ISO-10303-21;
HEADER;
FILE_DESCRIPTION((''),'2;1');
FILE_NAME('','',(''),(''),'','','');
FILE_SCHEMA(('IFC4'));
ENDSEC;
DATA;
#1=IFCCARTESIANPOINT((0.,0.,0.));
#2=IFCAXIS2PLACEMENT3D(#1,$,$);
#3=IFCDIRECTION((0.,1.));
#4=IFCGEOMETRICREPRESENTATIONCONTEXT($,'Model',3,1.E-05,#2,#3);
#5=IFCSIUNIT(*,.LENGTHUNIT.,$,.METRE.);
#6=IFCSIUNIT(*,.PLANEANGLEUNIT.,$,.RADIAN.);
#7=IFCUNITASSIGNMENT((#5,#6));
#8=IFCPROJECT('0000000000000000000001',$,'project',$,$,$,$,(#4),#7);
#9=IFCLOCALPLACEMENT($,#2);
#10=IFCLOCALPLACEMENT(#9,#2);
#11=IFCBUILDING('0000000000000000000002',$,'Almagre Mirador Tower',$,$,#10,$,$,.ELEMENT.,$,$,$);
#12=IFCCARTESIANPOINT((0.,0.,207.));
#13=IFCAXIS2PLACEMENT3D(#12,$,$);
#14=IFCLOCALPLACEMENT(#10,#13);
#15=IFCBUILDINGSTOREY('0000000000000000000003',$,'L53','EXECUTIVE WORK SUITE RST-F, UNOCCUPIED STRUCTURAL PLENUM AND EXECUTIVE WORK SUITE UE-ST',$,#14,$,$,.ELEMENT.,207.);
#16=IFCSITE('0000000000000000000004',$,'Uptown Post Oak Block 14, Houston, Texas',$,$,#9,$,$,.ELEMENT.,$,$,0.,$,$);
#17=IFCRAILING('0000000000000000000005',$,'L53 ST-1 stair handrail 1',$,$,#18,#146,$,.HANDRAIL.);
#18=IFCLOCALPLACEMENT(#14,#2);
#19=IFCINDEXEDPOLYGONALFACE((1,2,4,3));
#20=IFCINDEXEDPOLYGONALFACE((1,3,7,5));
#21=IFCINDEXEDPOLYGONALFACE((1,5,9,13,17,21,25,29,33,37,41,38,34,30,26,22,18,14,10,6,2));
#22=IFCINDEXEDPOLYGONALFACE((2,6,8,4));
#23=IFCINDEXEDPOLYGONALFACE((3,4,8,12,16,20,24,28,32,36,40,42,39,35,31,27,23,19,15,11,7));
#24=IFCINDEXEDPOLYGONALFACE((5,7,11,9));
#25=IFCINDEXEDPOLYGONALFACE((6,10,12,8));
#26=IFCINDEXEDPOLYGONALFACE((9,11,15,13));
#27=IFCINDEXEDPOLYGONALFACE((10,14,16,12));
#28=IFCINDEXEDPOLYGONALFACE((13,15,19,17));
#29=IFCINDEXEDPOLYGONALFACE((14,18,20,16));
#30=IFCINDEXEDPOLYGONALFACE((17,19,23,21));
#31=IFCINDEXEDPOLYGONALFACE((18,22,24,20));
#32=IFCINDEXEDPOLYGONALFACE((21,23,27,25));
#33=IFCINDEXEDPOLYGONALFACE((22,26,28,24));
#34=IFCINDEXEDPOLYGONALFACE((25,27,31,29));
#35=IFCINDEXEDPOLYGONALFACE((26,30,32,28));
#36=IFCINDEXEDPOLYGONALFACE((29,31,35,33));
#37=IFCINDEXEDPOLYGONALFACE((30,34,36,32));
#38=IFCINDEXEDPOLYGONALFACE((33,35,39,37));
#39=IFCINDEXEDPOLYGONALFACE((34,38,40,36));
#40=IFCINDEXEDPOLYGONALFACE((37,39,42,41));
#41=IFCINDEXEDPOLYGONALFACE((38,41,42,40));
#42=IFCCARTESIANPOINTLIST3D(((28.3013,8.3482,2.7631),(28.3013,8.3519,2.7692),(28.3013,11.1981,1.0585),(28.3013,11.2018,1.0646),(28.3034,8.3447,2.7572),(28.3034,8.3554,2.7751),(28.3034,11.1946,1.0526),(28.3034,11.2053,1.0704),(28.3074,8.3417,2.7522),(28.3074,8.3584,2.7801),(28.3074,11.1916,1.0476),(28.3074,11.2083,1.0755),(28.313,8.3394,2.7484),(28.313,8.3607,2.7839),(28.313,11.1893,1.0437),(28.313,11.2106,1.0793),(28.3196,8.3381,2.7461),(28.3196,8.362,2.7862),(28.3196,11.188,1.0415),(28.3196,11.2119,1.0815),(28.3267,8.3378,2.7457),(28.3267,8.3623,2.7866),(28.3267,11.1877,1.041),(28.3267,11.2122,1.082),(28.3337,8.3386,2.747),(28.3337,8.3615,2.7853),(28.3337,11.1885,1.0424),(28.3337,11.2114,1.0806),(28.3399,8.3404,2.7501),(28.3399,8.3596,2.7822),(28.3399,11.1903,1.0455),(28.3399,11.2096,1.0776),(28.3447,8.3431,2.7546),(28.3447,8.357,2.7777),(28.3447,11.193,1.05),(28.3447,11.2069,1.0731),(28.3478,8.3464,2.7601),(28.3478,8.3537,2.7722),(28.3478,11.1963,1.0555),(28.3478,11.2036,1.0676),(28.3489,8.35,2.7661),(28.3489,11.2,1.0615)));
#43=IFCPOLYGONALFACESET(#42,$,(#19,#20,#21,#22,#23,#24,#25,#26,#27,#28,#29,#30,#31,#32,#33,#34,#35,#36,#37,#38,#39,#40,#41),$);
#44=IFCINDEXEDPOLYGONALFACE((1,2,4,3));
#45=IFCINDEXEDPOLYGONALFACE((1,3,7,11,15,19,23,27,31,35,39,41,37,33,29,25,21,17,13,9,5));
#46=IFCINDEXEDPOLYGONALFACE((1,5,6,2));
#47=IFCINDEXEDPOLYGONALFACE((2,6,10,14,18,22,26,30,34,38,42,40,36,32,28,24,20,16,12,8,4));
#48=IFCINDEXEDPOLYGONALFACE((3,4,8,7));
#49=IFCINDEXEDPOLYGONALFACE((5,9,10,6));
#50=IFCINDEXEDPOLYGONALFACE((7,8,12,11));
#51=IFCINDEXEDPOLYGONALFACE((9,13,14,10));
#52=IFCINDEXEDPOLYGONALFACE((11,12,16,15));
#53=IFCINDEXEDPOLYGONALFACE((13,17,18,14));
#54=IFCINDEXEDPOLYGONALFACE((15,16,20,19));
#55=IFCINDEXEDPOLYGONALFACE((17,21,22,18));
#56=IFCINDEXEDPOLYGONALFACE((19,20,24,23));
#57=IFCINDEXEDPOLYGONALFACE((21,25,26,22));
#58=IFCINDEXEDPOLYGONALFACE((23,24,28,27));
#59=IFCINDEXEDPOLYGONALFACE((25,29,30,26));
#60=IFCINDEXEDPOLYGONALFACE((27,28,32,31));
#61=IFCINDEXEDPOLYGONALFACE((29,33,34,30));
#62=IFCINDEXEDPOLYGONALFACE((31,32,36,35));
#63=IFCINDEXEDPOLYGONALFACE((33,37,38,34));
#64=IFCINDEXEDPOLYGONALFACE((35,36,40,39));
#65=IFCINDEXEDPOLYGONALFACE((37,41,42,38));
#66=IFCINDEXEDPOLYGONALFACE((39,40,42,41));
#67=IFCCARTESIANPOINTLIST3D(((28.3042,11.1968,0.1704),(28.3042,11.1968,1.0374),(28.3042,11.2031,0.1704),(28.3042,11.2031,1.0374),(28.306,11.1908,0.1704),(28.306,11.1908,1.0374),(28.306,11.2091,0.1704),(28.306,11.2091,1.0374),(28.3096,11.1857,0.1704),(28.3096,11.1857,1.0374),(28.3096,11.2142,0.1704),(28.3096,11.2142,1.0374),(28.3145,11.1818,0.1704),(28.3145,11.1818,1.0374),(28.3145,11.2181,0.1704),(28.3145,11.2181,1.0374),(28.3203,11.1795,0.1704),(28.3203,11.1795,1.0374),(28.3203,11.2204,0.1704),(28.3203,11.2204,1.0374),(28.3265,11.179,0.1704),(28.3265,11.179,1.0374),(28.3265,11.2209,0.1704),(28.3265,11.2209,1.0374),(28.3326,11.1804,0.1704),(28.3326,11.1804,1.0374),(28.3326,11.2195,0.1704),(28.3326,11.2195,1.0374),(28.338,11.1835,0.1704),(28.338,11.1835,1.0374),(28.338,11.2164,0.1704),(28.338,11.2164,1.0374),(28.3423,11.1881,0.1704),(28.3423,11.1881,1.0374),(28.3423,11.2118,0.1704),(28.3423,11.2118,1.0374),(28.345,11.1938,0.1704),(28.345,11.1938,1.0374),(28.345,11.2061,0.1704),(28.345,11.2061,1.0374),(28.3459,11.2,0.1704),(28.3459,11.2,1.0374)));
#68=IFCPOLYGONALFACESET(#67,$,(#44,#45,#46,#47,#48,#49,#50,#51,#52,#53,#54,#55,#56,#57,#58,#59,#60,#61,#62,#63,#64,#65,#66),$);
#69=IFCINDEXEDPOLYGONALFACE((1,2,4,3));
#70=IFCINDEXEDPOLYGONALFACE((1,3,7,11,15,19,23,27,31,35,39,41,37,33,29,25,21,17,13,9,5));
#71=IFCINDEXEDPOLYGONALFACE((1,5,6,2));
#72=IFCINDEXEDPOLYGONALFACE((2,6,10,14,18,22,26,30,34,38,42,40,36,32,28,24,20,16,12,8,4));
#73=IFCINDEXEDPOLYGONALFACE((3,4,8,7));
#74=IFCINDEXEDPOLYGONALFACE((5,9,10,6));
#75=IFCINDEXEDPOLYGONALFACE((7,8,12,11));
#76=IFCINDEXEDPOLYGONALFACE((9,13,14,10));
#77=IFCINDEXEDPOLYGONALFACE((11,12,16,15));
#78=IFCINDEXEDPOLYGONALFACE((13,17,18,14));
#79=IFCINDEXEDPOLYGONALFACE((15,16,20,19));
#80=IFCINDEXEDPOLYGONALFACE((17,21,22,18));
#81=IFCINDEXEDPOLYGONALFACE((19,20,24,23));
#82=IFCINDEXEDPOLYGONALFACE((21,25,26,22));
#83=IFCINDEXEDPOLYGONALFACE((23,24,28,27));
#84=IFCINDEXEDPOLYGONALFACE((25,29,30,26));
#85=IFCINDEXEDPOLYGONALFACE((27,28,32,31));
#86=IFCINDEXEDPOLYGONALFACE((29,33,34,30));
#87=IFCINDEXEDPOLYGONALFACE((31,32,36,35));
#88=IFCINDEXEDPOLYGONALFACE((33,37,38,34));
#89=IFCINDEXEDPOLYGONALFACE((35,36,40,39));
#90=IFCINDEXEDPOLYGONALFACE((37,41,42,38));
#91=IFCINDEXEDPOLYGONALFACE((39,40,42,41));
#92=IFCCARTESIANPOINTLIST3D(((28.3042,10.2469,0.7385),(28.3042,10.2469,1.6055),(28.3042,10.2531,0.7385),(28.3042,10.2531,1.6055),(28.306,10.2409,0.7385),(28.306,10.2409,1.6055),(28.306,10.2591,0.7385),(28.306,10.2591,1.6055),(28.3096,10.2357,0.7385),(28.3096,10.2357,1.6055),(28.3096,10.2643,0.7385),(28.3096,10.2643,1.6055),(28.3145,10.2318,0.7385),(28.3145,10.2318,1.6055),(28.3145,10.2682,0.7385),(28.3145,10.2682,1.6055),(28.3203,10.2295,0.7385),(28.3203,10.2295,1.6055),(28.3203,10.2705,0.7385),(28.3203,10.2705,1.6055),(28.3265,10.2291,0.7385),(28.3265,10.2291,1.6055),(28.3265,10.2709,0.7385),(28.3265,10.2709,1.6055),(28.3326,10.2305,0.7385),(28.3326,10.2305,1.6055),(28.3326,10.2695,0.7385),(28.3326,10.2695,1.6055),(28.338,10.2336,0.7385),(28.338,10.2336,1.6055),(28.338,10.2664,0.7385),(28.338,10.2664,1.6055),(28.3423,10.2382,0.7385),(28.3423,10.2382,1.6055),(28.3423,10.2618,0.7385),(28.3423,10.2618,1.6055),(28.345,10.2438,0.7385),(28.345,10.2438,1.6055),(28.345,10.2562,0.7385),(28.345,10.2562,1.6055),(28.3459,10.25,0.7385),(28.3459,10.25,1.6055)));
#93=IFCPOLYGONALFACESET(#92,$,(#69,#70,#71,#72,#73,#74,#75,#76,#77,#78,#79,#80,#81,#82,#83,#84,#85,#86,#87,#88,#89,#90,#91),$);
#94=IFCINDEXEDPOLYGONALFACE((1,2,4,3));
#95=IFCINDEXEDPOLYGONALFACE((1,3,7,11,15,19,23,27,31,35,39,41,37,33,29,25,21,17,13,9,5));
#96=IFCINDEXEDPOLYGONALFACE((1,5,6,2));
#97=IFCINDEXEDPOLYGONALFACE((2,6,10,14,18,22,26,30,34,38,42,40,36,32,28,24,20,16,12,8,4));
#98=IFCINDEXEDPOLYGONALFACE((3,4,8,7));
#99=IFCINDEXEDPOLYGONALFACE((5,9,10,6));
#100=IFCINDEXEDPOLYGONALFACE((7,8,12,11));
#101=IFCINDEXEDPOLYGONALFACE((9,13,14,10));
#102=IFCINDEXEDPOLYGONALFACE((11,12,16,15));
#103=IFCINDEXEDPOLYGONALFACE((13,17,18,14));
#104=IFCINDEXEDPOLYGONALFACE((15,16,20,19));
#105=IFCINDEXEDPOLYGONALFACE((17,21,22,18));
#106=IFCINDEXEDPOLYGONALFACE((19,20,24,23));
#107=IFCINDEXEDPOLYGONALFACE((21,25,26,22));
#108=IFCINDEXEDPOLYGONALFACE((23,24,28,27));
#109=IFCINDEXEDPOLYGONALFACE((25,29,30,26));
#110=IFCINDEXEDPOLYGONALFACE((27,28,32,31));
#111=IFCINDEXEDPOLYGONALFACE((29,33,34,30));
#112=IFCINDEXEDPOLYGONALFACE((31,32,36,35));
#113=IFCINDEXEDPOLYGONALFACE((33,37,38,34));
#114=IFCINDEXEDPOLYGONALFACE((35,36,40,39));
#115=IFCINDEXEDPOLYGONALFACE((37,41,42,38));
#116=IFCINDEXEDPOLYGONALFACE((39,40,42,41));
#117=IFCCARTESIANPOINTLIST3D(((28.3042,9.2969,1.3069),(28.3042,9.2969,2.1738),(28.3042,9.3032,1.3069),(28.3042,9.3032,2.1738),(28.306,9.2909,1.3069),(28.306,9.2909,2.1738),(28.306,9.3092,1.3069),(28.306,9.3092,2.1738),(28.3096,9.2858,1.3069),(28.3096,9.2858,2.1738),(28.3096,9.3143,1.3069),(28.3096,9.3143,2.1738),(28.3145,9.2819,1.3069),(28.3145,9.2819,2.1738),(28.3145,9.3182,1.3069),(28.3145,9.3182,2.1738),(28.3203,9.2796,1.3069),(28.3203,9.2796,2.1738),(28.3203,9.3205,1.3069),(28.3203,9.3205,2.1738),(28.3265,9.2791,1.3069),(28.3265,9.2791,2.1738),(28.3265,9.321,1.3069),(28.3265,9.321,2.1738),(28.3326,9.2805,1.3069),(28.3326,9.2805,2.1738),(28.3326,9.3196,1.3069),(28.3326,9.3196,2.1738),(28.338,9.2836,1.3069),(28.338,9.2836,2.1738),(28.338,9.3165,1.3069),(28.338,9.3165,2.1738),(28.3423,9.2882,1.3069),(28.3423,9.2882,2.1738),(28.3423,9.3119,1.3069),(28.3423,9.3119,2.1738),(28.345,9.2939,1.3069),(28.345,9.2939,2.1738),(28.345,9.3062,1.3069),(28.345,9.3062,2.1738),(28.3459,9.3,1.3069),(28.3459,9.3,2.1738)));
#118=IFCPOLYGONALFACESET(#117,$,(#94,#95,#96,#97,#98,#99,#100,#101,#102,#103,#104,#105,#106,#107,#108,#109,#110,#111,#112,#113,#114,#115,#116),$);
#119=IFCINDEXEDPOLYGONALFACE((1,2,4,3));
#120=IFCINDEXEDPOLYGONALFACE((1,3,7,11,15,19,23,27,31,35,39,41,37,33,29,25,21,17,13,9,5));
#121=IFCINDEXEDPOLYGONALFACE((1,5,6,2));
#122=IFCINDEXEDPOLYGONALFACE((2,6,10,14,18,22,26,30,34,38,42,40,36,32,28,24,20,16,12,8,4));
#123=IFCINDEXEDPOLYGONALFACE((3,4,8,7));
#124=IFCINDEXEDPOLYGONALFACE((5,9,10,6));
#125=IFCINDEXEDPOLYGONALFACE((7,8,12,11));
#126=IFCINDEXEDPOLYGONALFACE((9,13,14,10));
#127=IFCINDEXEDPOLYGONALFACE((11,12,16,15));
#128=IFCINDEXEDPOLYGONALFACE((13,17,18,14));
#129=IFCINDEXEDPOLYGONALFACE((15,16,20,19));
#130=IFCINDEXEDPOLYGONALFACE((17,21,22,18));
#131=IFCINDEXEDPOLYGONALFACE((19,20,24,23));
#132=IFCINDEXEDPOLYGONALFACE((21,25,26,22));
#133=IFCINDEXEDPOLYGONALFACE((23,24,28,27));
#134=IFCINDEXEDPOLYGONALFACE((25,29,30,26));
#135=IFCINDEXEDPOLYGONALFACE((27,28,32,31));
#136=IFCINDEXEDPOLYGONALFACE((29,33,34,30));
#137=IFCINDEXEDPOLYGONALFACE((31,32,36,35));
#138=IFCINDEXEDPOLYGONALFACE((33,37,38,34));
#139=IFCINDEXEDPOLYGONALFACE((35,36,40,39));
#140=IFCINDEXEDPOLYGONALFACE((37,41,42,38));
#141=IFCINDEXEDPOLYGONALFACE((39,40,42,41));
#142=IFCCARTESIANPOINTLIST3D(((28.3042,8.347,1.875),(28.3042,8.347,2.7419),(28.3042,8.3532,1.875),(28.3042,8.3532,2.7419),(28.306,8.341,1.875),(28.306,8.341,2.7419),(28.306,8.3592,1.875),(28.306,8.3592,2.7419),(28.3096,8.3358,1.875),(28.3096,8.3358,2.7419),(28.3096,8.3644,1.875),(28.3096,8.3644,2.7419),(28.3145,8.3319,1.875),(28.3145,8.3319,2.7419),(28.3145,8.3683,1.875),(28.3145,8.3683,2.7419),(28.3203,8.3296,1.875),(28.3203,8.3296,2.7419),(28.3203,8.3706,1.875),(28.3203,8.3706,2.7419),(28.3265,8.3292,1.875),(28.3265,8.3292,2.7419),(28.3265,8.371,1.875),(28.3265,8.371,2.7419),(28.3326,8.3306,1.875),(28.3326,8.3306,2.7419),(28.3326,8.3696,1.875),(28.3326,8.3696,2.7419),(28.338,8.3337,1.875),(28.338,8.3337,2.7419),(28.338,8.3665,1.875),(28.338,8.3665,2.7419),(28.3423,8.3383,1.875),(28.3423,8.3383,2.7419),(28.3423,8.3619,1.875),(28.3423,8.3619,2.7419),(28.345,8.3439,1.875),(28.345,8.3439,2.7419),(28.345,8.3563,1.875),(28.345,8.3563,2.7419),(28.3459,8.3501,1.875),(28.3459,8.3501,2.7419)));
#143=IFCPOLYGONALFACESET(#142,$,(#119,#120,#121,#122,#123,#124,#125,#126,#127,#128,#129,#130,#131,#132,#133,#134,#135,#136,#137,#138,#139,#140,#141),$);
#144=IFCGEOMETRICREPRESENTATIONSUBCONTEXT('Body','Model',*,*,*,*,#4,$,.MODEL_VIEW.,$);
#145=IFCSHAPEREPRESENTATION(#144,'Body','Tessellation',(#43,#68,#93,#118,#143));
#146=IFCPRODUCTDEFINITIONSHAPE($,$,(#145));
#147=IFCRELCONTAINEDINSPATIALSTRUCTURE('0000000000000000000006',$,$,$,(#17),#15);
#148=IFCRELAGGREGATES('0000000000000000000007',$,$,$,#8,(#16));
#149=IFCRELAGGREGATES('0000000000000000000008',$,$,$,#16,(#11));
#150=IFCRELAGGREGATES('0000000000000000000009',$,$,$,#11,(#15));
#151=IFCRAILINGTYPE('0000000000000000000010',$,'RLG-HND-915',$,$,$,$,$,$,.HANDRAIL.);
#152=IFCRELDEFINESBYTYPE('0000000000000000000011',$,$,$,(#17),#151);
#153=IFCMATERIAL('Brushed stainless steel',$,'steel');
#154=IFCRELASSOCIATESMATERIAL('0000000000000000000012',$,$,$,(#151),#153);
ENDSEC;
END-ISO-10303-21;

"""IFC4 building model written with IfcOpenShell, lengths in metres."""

from ifc_helpers import new_model, si_unit, direction, frame, origin, origin_2d, place, context, subcontext, project, spatial, circle, extrude, material, type_object, element, save


model = new_model("IFC4")

# Units and contexts
model_context = context("Model", 3, precision=1e-05, world=origin(), true_north=direction((0.0, 1.0)))
body_context = subcontext(model_context, "Body", "Model", "MODEL_VIEW")
ifc_project = project(units=[si_unit("LENGTHUNIT", "METRE"), si_unit("PLANEANGLEUNIT", "RADIAN")], contexts=[model_context])

# Site, building, storey
site_placement = place(None, origin())
site = spatial("IfcSite", under=ifc_project, at=site_placement, Name="Uptown Post Oak Block 14, Houston, Texas", CompositionType="ELEMENT", RefElevation=0.0)
building_placement = place(site_placement, origin())
building = spatial("IfcBuilding", under=site, at=building_placement, Name="Almagre Mirador Tower", CompositionType="ELEMENT")
storey_placement = place(building_placement, frame((0.0, 0.0, 207.0)))
storey = spatial("IfcBuildingStorey", under=building, at=storey_placement, Name="L53", Description="EXECUTIVE WORK SUITE RST-F, UNOCCUPIED STRUCTURAL PLENUM AND EXECUTIVE WORK SUITE UE-ST", CompositionType="ELEMENT", Elevation=207.0)

# Railing
ifc_material_1 = material(Name="Brushed stainless steel", Category="steel")
railing_type = type_object("IfcRailingType", Name="RLG-HND-915", PredefinedType="HANDRAIL", material=ifc_material_1)
railing_placement = place(storey_placement, frame((28.325, 11.2, 0.1704)))
element("IfcRailing", 1, at=railing_placement, inside=storey, type_object=railing_type, Name="L53 ST-1 stair handrail 1", PredefinedType="HANDRAIL", context=body_context, shape_type="SweptSolid", body=[
    extrude(circle(Radius=0.0239, at=origin_2d()), frame((0.0, 0.0, 0.8911), z_axis=(0.0, -0.858199, 0.513317), x_axis=(1.0, 0.0, 0.0)), (0.0, 0.0, 1.0), 3.3208),
    extrude(circle(Radius=0.021, at=origin_2d()), origin(), (0.0, 0.0, 1.0), 0.8669),
    extrude(circle(Radius=0.021, at=origin_2d()), frame((0.0, -0.95, 0.5681)), (0.0, 0.0, 1.0), 0.8669),
    extrude(circle(Radius=0.021, at=origin_2d()), frame((0.0, -1.8999, 1.1365)), (0.0, 0.0, 1.0), 0.8669),
    extrude(circle(Radius=0.021, at=origin_2d()), frame((0.0, -2.8499, 1.7046)), (0.0, 0.0, 1.0), 0.8669),
])

save(model, "model.ifc")
